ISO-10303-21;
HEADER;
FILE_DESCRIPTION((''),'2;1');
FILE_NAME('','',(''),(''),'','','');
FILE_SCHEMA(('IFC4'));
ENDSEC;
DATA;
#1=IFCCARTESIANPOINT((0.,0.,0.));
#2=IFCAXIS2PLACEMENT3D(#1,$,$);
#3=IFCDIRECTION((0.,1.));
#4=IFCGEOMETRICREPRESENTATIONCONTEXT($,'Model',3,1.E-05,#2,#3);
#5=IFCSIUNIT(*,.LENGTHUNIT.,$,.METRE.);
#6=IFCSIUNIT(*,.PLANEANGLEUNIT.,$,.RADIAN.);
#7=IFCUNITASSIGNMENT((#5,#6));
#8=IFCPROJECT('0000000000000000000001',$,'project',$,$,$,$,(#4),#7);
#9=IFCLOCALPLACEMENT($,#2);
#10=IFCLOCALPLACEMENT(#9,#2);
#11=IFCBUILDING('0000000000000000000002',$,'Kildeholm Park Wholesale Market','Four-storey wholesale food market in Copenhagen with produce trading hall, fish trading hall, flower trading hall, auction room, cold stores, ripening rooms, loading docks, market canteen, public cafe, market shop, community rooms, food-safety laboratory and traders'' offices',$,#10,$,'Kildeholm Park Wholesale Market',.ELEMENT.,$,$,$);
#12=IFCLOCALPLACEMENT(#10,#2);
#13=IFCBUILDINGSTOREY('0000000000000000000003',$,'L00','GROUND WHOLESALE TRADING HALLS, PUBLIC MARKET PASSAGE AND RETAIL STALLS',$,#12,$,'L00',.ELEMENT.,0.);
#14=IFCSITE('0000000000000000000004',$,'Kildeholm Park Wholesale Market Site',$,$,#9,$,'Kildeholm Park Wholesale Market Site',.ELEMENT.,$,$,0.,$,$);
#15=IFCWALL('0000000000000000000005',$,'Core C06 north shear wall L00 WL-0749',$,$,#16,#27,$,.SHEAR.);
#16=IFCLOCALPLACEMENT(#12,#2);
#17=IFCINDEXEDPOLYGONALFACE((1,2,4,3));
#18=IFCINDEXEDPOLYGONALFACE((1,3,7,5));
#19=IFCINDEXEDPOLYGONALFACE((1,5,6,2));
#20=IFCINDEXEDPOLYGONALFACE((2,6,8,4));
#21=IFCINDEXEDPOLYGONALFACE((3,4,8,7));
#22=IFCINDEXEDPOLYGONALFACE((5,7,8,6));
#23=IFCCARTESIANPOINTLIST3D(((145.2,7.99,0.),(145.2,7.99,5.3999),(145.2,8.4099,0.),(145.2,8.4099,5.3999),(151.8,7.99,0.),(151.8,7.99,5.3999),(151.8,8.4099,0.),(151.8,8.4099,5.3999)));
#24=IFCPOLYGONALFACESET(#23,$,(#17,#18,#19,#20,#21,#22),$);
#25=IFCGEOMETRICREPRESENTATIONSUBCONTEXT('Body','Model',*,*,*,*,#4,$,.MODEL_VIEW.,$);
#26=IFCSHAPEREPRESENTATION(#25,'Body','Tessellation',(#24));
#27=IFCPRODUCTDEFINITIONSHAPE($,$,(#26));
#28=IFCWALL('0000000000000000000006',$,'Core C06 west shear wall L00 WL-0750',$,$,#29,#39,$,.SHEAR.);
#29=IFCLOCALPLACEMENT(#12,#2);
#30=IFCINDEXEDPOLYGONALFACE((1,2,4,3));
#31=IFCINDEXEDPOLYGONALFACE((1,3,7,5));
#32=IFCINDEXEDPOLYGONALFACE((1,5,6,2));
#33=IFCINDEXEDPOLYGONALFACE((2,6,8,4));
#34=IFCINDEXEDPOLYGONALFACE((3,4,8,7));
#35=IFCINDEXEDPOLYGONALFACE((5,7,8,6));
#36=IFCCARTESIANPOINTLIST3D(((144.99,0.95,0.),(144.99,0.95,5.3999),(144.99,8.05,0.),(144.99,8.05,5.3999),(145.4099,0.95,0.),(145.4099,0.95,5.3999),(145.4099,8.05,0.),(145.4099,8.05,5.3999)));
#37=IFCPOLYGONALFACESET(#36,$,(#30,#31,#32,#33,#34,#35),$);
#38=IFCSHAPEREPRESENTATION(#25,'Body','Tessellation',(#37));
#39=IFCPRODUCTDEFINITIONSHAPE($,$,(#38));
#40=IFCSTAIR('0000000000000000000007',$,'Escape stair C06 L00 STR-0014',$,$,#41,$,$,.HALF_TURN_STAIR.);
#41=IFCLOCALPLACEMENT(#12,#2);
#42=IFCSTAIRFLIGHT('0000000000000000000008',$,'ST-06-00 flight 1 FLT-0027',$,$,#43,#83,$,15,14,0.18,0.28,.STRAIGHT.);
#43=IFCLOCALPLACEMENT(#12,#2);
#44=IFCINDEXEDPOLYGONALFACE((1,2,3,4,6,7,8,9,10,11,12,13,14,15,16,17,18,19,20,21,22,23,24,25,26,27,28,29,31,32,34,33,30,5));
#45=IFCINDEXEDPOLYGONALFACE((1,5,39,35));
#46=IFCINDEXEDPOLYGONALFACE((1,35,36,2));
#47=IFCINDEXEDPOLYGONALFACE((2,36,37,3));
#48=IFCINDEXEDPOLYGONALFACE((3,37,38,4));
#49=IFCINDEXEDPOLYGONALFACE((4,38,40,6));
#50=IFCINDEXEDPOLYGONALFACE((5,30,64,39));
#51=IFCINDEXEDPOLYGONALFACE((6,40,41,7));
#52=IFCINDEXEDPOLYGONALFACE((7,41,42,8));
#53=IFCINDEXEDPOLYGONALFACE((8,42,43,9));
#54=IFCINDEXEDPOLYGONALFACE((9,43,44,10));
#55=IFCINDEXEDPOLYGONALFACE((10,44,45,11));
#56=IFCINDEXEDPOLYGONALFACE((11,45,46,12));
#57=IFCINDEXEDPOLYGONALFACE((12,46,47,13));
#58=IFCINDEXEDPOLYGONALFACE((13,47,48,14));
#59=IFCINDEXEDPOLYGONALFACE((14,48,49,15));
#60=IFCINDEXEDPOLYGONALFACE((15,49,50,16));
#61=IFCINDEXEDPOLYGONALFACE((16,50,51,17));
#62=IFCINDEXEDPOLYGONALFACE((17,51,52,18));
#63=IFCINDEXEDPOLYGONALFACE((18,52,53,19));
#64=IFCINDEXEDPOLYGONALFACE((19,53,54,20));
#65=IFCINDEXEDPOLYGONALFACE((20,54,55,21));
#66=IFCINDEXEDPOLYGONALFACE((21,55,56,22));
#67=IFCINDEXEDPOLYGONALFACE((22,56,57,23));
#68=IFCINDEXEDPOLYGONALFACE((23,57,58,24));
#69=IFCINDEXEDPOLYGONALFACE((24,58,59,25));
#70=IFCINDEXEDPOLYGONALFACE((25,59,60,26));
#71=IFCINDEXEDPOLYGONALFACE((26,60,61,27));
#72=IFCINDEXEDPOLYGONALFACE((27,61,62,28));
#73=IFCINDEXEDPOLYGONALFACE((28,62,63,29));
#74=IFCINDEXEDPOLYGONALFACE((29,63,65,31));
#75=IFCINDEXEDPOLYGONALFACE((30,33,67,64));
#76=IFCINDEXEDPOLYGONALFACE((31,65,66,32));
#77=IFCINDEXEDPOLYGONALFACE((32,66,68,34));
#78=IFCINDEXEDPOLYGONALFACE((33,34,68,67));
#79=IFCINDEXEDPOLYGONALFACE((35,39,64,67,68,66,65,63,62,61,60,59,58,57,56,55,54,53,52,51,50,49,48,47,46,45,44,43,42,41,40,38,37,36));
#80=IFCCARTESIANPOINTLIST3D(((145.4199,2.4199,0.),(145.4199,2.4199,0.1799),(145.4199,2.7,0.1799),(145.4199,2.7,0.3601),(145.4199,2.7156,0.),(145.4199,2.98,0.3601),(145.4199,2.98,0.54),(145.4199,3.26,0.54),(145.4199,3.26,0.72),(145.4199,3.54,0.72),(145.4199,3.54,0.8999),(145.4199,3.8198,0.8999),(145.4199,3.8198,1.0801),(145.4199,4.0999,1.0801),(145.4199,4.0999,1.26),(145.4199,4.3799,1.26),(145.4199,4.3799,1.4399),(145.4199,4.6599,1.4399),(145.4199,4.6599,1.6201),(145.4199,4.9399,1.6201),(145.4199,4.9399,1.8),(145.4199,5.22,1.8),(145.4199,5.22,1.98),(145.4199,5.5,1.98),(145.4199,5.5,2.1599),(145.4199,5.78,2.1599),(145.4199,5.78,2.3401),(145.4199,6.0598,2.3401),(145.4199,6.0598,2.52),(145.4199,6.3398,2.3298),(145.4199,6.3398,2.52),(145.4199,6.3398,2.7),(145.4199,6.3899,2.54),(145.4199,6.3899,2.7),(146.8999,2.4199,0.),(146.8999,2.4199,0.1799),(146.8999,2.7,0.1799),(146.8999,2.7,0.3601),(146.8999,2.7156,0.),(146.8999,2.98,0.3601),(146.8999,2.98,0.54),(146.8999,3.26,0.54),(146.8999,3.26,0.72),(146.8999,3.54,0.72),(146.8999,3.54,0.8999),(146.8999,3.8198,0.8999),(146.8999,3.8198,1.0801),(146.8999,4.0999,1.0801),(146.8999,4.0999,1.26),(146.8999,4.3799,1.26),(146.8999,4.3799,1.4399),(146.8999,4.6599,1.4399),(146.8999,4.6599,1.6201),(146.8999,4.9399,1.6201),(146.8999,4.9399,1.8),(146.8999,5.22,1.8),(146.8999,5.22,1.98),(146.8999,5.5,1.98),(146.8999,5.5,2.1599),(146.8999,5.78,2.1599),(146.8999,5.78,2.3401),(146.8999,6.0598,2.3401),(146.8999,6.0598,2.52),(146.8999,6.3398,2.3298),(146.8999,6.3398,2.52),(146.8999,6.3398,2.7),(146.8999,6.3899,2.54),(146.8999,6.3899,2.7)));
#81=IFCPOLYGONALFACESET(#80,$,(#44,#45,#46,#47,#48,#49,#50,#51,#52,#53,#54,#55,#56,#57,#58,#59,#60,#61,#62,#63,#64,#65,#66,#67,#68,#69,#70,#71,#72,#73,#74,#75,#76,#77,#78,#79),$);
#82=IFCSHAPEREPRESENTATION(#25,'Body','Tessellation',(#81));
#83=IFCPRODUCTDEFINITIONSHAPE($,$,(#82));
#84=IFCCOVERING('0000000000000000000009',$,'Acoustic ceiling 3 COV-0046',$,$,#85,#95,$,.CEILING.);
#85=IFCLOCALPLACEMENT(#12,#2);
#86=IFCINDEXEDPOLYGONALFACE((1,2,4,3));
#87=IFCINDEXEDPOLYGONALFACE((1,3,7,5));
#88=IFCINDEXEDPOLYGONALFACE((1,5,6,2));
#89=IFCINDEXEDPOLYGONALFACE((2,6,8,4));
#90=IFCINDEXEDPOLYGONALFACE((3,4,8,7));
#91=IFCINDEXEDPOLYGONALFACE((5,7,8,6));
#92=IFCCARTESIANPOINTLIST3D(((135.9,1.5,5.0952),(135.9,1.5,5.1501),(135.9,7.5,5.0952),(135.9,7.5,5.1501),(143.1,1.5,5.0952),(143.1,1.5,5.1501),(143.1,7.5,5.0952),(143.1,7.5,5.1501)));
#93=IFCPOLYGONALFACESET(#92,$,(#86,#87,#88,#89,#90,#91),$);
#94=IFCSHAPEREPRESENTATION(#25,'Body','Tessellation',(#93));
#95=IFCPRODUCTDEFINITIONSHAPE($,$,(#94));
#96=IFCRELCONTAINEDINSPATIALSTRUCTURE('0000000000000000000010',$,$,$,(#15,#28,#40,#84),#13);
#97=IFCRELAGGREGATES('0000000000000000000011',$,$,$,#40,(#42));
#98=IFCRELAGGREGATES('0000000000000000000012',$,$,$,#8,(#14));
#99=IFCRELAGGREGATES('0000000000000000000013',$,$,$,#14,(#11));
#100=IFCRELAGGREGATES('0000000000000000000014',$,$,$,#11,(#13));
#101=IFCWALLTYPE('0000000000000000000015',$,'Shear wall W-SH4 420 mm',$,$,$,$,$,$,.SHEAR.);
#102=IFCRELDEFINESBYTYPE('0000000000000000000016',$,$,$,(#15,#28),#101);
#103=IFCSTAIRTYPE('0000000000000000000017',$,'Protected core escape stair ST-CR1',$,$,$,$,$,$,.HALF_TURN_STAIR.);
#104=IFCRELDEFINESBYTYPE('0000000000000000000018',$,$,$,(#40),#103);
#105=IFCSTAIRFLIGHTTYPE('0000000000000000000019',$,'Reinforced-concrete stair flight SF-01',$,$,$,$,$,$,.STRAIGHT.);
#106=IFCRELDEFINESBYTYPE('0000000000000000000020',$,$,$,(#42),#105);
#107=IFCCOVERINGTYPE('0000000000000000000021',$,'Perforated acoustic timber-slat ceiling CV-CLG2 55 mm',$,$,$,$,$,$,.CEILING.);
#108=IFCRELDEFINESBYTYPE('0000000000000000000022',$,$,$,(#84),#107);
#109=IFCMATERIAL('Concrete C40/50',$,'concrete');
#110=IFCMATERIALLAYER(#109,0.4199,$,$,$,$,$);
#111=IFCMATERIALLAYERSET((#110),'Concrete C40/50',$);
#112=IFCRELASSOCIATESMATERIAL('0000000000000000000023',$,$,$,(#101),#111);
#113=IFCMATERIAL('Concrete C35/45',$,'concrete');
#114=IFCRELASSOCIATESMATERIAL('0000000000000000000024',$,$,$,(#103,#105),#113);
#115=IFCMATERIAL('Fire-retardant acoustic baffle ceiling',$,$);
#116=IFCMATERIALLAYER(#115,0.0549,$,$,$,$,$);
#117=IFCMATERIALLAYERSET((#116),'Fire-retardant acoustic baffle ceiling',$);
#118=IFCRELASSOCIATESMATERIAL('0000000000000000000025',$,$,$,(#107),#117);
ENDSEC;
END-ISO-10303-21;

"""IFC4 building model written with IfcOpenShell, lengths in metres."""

from ifc_helpers import new_model, si_unit, direction, frame, frame_2d, origin, origin_2d, place, context, subcontext, project, spatial, polyline, rectangle, outline, extrude, material, layer, layer_set, type_object, element, aggregate, save


model = new_model("IFC4")

# Units and contexts
model_context = context("Model", 3, precision=1e-05, world=origin(), true_north=direction((0.0, 1.0)))
body_context = subcontext(model_context, "Body", "Model", "MODEL_VIEW")
ifc_project = project(units=[si_unit("LENGTHUNIT", "METRE"), si_unit("PLANEANGLEUNIT", "RADIAN")], contexts=[model_context])

# Site, building, storey
site_placement = place(None, origin())
site = spatial("IfcSite", under=ifc_project, at=site_placement, Name="Kildeholm Park Wholesale Market Site", LongName="Kildeholm Park Wholesale Market Site", CompositionType="ELEMENT", RefElevation=0.0)
building_placement = place(site_placement, origin())
building = spatial("IfcBuilding", under=site, at=building_placement, Name="Kildeholm Park Wholesale Market", Description="Four-storey wholesale food market in Copenhagen with produce trading hall, fish trading hall, flower trading hall, auction room, cold stores, ripening rooms, loading docks, market canteen, public cafe, market shop, community rooms, food-safety laboratory and traders' offices", LongName="Kildeholm Park Wholesale Market", CompositionType="ELEMENT")
storey_placement = place(building_placement, origin())
storey = spatial("IfcBuildingStorey", under=building, at=storey_placement, Name="L00", Description="GROUND WHOLESALE TRADING HALLS, PUBLIC MARKET PASSAGE AND RETAIL STALLS", LongName="L00", CompositionType="ELEMENT", Elevation=0.0)

# Shared definitions
ifc_material_1 = material(Name="Concrete C35/45", Category="concrete")

# Shared definitions
ifc_material_2 = material(Name="Concrete C40/50", Category="concrete")
ifc_layer_1 = layer(ifc_material_2, 0.4199)
ifc_layer_set_1 = layer_set([ifc_layer_1], Name="Concrete C40/50")
wall_type_1 = type_object("IfcWallType", Name="Shear wall W-SH4 420 mm", PredefinedType="SHEAR", material=ifc_layer_set_1)

# Walls
wall_1_placement = place(storey_placement, frame((145.2, 8.2, 0.0), z_axis=(0.0, 0.0, 1.0), x_axis=(1.0, 0.0, 0.0)))
element("IfcWall", 1, at=wall_1_placement, inside=storey, type_object=wall_type_1, Name="Core C06 north shear wall L00 WL-0749", PredefinedType="SHEAR", context=body_context, shape_type="SweptSolid", body=[
    extrude(rectangle(XDim=6.6001, YDim=0.4199, at=frame_2d((3.3, 0.0))), origin(), (0.0, 0.0, 1.0), 5.3999),
])
wall_2_placement = place(storey_placement, frame((145.2, 0.95, 0.0), z_axis=(0.0, 0.0, 1.0), x_axis=(0.0, 1.0, 0.0)))
element("IfcWall", 2, at=wall_2_placement, inside=storey, type_object=wall_type_1, Name="Core C06 west shear wall L00 WL-0750", PredefinedType="SHEAR", context=body_context, shape_type="SweptSolid", body=[
    extrude(rectangle(XDim=7.1001, YDim=0.4199, at=frame_2d((3.55, 0.0))), origin(), (0.0, 0.0, 1.0), 5.3999),
])

# Stair, stair flight
stair_type = type_object("IfcStairType", Name="Protected core escape stair ST-CR1", PredefinedType="HALF_TURN_STAIR", material=ifc_material_1)
stair_placement = place(storey_placement, origin())
stair = element("IfcStair", 3, at=stair_placement, inside=storey, type_object=stair_type, Name="Escape stair C06 L00 STR-0014", PredefinedType="HALF_TURN_STAIR")
stair_flight_type = type_object("IfcStairFlightType", Name="Reinforced-concrete stair flight SF-01", PredefinedType="STRAIGHT", material=ifc_material_1)
stair_flight_placement = place(storey_placement, frame((146.1599, 2.4199, 0.0), z_axis=(0.0, 0.0, 1.0), x_axis=(0.0, 1.0, 0.0)))
stair_flight = element("IfcStairFlight", 4, at=stair_flight_placement, type_object=stair_flight_type, Name="ST-06-00 flight 1 FLT-0027", NumberOfRisers=15, NumberOfTreads=14, PredefinedType="STRAIGHT", RiserHeight=0.18, TreadLength=0.28, context=body_context, shape_type="SweptSolid", body=[
    extrude(outline(polyline([(0.0, 0.0), (0.0, 0.1799), (0.28, 0.1799), (0.28, 0.3601), (0.5601, 0.3601), (0.5601, 0.54), (0.8401, 0.54), (0.8401, 0.72), (1.1201, 0.72), (1.1201, 0.8999), (1.3999, 0.8999), (1.3999, 1.0801), (1.6799, 1.0801), (1.6799, 1.26), (1.96, 1.26), (1.96, 1.4399), (2.24, 1.4399), (2.24, 1.6201), (2.52, 1.6201), (2.52, 1.8), (2.8, 1.8), (2.8, 1.98), (3.0801, 1.98), (3.0801, 2.1599), (3.3601, 2.1599), (3.3601, 2.3401), (3.6399, 2.3401), (3.6399, 2.52), (3.9199, 2.52), (3.9199, 2.7), (3.97, 2.7), (3.97, 2.54), (3.9199, 2.3298), (0.2957, 0.0), (0.0, 0.0)])), frame((0.0, 0.74, 0.0), z_axis=(0.0, -1.0, 0.0), x_axis=(1.0, 0.0, 0.0)), (0.0, 0.0, 1.0), 1.48),
])
aggregate(stair, [stair_flight])

# Covering
ifc_material_3 = material(Name="Fire-retardant acoustic baffle ceiling")
ifc_layer_2 = layer(ifc_material_3, 0.0549)
ifc_layer_set_2 = layer_set([ifc_layer_2], Name="Fire-retardant acoustic baffle ceiling")
covering_type = type_object("IfcCoveringType", Name="Perforated acoustic timber-slat ceiling CV-CLG2 55 mm", PredefinedType="CEILING", material=ifc_layer_set_2)
covering_placement = place(storey_placement, frame((139.5, 4.5, 5.0952), z_axis=(0.0, 0.0, 1.0), x_axis=(1.0, 0.0, 0.0)))
element("IfcCovering", 5, at=covering_placement, inside=storey, type_object=covering_type, Name="Acoustic ceiling 3 COV-0046", PredefinedType="CEILING", context=body_context, shape_type="SweptSolid", body=[
    extrude(rectangle(XDim=7.2, YDim=6.0, at=origin_2d()), origin(), (0.0, 0.0, 1.0), 0.0549),
])

save(model, "model.ifc")
